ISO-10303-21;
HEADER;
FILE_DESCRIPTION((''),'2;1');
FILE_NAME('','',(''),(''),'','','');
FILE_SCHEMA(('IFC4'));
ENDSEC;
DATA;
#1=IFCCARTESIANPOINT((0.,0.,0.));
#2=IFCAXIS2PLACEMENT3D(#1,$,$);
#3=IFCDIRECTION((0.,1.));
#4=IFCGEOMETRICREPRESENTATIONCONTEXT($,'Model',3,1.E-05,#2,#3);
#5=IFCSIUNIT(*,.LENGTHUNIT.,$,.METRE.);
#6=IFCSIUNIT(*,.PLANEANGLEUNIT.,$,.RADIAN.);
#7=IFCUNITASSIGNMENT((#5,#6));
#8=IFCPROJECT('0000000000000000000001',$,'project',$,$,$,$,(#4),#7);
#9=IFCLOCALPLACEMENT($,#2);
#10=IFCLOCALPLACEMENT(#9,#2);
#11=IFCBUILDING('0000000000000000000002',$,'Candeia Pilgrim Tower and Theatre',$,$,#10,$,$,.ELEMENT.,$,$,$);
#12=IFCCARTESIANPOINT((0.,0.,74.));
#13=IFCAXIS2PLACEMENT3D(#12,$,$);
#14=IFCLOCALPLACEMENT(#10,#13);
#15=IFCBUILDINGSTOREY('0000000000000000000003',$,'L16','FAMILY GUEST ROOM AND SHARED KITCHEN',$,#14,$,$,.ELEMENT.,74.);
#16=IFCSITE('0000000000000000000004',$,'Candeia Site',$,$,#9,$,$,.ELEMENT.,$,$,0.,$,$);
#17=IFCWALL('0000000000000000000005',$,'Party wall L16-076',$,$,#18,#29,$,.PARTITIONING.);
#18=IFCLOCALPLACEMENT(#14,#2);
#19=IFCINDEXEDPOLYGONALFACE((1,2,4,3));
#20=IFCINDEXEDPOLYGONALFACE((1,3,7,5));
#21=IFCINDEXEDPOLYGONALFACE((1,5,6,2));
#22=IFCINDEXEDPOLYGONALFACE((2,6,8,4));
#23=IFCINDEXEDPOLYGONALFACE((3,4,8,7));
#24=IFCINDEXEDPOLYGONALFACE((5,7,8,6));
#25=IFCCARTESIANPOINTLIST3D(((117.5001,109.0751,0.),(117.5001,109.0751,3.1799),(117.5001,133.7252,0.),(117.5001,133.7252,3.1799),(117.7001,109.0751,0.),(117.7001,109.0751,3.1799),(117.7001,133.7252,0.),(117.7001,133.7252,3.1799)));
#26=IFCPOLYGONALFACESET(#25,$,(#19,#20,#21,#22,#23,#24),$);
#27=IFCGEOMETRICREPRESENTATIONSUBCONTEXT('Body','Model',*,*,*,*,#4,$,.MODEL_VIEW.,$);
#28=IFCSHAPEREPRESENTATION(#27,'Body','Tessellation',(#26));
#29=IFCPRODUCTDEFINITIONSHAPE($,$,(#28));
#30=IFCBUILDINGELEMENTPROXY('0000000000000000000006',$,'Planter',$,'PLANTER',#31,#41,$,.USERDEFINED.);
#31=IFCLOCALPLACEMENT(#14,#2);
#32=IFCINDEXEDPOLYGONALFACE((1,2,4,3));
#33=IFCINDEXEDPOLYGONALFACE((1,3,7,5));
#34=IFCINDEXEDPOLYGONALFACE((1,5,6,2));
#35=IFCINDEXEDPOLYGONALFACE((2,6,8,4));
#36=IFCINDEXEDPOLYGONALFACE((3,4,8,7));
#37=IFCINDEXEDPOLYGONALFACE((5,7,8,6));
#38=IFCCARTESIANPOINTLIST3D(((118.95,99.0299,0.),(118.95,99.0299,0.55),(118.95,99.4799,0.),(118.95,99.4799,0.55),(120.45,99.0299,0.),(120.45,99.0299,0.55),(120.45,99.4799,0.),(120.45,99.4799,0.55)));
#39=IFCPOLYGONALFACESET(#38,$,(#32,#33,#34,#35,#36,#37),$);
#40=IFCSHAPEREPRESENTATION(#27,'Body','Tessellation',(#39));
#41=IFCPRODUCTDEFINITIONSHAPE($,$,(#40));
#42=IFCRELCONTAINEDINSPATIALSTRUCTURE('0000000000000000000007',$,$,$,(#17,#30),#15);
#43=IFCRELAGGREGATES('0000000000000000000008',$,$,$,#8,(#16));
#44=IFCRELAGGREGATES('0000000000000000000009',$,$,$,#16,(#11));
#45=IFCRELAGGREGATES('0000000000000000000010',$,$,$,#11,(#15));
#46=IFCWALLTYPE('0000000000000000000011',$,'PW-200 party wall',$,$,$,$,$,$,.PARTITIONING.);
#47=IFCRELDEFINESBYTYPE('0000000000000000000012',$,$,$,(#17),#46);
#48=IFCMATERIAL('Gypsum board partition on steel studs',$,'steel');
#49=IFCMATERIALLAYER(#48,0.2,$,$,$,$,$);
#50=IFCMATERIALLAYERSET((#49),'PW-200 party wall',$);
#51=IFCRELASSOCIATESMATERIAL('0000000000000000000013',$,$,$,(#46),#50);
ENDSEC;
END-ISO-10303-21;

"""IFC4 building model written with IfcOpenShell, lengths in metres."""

from ifc_helpers import new_model, si_unit, direction, frame, frame_2d, origin, origin_2d, place, context, subcontext, project, spatial, rectangle, extrude, material, layer, layer_set, type_object, element, save


model = new_model("IFC4")

# Units and contexts
model_context = context("Model", 3, precision=1e-05, world=origin(), true_north=direction((0.0, 1.0)))
body_context = subcontext(model_context, "Body", "Model", "MODEL_VIEW")
ifc_project = project(units=[si_unit("LENGTHUNIT", "METRE"), si_unit("PLANEANGLEUNIT", "RADIAN")], contexts=[model_context])

# Site, building, storey
site_placement = place(None, origin())
site = spatial("IfcSite", under=ifc_project, at=site_placement, Name="Candeia Site", CompositionType="ELEMENT", RefElevation=0.0)
building_placement = place(site_placement, origin())
building = spatial("IfcBuilding", under=site, at=building_placement, Name="Candeia Pilgrim Tower and Theatre", CompositionType="ELEMENT")
storey_placement = place(building_placement, frame((0.0, 0.0, 74.0)))
storey = spatial("IfcBuildingStorey", under=building, at=storey_placement, Name="L16", Description="FAMILY GUEST ROOM AND SHARED KITCHEN", CompositionType="ELEMENT", Elevation=74.0)

# Shared definitions
ifc_material_1 = material(Name="Gypsum board partition on steel studs", Category="steel")

# Wall
ifc_layer_1 = layer(ifc_material_1, 0.2)
ifc_layer_set_1 = layer_set([ifc_layer_1], Name="PW-200 party wall")
wall_type_1 = type_object("IfcWallType", Name="PW-200 party wall", PredefinedType="PARTITIONING", material=ifc_layer_set_1)
wall_1_placement = place(storey_placement, frame((117.6001, 109.075, 0.0), z_axis=(0.0, 0.0, 1.0), x_axis=(0.0, 1.0, 0.0)))
element("IfcWall", 1, at=wall_1_placement, inside=storey, type_object=wall_type_1, Name="Party wall L16-076", PredefinedType="PARTITIONING", context=body_context, shape_type="SweptSolid", body=[
    extrude(rectangle(XDim=24.6501, YDim=0.2, at=frame_2d((12.3252, 0.0))), origin(), (0.0, 0.0, 1.0), 3.1799),
])

# Building element proxy
proxy_placement = place(storey_placement, frame((119.7, 99.2549, 0.0), z_axis=(0.0, 0.0, 1.0), x_axis=(1.0, 0.0, 0.0)))
element("IfcBuildingElementProxy", 2, at=proxy_placement, inside=storey, Name="Planter", ObjectType="PLANTER", PredefinedType="USERDEFINED", context=body_context, shape_type="SweptSolid", body=[
    extrude(rectangle(XDim=1.5, YDim=0.45, at=origin_2d()), origin(), (0.0, 0.0, 1.0), 0.55),
])

save(model, "model.ifc")
